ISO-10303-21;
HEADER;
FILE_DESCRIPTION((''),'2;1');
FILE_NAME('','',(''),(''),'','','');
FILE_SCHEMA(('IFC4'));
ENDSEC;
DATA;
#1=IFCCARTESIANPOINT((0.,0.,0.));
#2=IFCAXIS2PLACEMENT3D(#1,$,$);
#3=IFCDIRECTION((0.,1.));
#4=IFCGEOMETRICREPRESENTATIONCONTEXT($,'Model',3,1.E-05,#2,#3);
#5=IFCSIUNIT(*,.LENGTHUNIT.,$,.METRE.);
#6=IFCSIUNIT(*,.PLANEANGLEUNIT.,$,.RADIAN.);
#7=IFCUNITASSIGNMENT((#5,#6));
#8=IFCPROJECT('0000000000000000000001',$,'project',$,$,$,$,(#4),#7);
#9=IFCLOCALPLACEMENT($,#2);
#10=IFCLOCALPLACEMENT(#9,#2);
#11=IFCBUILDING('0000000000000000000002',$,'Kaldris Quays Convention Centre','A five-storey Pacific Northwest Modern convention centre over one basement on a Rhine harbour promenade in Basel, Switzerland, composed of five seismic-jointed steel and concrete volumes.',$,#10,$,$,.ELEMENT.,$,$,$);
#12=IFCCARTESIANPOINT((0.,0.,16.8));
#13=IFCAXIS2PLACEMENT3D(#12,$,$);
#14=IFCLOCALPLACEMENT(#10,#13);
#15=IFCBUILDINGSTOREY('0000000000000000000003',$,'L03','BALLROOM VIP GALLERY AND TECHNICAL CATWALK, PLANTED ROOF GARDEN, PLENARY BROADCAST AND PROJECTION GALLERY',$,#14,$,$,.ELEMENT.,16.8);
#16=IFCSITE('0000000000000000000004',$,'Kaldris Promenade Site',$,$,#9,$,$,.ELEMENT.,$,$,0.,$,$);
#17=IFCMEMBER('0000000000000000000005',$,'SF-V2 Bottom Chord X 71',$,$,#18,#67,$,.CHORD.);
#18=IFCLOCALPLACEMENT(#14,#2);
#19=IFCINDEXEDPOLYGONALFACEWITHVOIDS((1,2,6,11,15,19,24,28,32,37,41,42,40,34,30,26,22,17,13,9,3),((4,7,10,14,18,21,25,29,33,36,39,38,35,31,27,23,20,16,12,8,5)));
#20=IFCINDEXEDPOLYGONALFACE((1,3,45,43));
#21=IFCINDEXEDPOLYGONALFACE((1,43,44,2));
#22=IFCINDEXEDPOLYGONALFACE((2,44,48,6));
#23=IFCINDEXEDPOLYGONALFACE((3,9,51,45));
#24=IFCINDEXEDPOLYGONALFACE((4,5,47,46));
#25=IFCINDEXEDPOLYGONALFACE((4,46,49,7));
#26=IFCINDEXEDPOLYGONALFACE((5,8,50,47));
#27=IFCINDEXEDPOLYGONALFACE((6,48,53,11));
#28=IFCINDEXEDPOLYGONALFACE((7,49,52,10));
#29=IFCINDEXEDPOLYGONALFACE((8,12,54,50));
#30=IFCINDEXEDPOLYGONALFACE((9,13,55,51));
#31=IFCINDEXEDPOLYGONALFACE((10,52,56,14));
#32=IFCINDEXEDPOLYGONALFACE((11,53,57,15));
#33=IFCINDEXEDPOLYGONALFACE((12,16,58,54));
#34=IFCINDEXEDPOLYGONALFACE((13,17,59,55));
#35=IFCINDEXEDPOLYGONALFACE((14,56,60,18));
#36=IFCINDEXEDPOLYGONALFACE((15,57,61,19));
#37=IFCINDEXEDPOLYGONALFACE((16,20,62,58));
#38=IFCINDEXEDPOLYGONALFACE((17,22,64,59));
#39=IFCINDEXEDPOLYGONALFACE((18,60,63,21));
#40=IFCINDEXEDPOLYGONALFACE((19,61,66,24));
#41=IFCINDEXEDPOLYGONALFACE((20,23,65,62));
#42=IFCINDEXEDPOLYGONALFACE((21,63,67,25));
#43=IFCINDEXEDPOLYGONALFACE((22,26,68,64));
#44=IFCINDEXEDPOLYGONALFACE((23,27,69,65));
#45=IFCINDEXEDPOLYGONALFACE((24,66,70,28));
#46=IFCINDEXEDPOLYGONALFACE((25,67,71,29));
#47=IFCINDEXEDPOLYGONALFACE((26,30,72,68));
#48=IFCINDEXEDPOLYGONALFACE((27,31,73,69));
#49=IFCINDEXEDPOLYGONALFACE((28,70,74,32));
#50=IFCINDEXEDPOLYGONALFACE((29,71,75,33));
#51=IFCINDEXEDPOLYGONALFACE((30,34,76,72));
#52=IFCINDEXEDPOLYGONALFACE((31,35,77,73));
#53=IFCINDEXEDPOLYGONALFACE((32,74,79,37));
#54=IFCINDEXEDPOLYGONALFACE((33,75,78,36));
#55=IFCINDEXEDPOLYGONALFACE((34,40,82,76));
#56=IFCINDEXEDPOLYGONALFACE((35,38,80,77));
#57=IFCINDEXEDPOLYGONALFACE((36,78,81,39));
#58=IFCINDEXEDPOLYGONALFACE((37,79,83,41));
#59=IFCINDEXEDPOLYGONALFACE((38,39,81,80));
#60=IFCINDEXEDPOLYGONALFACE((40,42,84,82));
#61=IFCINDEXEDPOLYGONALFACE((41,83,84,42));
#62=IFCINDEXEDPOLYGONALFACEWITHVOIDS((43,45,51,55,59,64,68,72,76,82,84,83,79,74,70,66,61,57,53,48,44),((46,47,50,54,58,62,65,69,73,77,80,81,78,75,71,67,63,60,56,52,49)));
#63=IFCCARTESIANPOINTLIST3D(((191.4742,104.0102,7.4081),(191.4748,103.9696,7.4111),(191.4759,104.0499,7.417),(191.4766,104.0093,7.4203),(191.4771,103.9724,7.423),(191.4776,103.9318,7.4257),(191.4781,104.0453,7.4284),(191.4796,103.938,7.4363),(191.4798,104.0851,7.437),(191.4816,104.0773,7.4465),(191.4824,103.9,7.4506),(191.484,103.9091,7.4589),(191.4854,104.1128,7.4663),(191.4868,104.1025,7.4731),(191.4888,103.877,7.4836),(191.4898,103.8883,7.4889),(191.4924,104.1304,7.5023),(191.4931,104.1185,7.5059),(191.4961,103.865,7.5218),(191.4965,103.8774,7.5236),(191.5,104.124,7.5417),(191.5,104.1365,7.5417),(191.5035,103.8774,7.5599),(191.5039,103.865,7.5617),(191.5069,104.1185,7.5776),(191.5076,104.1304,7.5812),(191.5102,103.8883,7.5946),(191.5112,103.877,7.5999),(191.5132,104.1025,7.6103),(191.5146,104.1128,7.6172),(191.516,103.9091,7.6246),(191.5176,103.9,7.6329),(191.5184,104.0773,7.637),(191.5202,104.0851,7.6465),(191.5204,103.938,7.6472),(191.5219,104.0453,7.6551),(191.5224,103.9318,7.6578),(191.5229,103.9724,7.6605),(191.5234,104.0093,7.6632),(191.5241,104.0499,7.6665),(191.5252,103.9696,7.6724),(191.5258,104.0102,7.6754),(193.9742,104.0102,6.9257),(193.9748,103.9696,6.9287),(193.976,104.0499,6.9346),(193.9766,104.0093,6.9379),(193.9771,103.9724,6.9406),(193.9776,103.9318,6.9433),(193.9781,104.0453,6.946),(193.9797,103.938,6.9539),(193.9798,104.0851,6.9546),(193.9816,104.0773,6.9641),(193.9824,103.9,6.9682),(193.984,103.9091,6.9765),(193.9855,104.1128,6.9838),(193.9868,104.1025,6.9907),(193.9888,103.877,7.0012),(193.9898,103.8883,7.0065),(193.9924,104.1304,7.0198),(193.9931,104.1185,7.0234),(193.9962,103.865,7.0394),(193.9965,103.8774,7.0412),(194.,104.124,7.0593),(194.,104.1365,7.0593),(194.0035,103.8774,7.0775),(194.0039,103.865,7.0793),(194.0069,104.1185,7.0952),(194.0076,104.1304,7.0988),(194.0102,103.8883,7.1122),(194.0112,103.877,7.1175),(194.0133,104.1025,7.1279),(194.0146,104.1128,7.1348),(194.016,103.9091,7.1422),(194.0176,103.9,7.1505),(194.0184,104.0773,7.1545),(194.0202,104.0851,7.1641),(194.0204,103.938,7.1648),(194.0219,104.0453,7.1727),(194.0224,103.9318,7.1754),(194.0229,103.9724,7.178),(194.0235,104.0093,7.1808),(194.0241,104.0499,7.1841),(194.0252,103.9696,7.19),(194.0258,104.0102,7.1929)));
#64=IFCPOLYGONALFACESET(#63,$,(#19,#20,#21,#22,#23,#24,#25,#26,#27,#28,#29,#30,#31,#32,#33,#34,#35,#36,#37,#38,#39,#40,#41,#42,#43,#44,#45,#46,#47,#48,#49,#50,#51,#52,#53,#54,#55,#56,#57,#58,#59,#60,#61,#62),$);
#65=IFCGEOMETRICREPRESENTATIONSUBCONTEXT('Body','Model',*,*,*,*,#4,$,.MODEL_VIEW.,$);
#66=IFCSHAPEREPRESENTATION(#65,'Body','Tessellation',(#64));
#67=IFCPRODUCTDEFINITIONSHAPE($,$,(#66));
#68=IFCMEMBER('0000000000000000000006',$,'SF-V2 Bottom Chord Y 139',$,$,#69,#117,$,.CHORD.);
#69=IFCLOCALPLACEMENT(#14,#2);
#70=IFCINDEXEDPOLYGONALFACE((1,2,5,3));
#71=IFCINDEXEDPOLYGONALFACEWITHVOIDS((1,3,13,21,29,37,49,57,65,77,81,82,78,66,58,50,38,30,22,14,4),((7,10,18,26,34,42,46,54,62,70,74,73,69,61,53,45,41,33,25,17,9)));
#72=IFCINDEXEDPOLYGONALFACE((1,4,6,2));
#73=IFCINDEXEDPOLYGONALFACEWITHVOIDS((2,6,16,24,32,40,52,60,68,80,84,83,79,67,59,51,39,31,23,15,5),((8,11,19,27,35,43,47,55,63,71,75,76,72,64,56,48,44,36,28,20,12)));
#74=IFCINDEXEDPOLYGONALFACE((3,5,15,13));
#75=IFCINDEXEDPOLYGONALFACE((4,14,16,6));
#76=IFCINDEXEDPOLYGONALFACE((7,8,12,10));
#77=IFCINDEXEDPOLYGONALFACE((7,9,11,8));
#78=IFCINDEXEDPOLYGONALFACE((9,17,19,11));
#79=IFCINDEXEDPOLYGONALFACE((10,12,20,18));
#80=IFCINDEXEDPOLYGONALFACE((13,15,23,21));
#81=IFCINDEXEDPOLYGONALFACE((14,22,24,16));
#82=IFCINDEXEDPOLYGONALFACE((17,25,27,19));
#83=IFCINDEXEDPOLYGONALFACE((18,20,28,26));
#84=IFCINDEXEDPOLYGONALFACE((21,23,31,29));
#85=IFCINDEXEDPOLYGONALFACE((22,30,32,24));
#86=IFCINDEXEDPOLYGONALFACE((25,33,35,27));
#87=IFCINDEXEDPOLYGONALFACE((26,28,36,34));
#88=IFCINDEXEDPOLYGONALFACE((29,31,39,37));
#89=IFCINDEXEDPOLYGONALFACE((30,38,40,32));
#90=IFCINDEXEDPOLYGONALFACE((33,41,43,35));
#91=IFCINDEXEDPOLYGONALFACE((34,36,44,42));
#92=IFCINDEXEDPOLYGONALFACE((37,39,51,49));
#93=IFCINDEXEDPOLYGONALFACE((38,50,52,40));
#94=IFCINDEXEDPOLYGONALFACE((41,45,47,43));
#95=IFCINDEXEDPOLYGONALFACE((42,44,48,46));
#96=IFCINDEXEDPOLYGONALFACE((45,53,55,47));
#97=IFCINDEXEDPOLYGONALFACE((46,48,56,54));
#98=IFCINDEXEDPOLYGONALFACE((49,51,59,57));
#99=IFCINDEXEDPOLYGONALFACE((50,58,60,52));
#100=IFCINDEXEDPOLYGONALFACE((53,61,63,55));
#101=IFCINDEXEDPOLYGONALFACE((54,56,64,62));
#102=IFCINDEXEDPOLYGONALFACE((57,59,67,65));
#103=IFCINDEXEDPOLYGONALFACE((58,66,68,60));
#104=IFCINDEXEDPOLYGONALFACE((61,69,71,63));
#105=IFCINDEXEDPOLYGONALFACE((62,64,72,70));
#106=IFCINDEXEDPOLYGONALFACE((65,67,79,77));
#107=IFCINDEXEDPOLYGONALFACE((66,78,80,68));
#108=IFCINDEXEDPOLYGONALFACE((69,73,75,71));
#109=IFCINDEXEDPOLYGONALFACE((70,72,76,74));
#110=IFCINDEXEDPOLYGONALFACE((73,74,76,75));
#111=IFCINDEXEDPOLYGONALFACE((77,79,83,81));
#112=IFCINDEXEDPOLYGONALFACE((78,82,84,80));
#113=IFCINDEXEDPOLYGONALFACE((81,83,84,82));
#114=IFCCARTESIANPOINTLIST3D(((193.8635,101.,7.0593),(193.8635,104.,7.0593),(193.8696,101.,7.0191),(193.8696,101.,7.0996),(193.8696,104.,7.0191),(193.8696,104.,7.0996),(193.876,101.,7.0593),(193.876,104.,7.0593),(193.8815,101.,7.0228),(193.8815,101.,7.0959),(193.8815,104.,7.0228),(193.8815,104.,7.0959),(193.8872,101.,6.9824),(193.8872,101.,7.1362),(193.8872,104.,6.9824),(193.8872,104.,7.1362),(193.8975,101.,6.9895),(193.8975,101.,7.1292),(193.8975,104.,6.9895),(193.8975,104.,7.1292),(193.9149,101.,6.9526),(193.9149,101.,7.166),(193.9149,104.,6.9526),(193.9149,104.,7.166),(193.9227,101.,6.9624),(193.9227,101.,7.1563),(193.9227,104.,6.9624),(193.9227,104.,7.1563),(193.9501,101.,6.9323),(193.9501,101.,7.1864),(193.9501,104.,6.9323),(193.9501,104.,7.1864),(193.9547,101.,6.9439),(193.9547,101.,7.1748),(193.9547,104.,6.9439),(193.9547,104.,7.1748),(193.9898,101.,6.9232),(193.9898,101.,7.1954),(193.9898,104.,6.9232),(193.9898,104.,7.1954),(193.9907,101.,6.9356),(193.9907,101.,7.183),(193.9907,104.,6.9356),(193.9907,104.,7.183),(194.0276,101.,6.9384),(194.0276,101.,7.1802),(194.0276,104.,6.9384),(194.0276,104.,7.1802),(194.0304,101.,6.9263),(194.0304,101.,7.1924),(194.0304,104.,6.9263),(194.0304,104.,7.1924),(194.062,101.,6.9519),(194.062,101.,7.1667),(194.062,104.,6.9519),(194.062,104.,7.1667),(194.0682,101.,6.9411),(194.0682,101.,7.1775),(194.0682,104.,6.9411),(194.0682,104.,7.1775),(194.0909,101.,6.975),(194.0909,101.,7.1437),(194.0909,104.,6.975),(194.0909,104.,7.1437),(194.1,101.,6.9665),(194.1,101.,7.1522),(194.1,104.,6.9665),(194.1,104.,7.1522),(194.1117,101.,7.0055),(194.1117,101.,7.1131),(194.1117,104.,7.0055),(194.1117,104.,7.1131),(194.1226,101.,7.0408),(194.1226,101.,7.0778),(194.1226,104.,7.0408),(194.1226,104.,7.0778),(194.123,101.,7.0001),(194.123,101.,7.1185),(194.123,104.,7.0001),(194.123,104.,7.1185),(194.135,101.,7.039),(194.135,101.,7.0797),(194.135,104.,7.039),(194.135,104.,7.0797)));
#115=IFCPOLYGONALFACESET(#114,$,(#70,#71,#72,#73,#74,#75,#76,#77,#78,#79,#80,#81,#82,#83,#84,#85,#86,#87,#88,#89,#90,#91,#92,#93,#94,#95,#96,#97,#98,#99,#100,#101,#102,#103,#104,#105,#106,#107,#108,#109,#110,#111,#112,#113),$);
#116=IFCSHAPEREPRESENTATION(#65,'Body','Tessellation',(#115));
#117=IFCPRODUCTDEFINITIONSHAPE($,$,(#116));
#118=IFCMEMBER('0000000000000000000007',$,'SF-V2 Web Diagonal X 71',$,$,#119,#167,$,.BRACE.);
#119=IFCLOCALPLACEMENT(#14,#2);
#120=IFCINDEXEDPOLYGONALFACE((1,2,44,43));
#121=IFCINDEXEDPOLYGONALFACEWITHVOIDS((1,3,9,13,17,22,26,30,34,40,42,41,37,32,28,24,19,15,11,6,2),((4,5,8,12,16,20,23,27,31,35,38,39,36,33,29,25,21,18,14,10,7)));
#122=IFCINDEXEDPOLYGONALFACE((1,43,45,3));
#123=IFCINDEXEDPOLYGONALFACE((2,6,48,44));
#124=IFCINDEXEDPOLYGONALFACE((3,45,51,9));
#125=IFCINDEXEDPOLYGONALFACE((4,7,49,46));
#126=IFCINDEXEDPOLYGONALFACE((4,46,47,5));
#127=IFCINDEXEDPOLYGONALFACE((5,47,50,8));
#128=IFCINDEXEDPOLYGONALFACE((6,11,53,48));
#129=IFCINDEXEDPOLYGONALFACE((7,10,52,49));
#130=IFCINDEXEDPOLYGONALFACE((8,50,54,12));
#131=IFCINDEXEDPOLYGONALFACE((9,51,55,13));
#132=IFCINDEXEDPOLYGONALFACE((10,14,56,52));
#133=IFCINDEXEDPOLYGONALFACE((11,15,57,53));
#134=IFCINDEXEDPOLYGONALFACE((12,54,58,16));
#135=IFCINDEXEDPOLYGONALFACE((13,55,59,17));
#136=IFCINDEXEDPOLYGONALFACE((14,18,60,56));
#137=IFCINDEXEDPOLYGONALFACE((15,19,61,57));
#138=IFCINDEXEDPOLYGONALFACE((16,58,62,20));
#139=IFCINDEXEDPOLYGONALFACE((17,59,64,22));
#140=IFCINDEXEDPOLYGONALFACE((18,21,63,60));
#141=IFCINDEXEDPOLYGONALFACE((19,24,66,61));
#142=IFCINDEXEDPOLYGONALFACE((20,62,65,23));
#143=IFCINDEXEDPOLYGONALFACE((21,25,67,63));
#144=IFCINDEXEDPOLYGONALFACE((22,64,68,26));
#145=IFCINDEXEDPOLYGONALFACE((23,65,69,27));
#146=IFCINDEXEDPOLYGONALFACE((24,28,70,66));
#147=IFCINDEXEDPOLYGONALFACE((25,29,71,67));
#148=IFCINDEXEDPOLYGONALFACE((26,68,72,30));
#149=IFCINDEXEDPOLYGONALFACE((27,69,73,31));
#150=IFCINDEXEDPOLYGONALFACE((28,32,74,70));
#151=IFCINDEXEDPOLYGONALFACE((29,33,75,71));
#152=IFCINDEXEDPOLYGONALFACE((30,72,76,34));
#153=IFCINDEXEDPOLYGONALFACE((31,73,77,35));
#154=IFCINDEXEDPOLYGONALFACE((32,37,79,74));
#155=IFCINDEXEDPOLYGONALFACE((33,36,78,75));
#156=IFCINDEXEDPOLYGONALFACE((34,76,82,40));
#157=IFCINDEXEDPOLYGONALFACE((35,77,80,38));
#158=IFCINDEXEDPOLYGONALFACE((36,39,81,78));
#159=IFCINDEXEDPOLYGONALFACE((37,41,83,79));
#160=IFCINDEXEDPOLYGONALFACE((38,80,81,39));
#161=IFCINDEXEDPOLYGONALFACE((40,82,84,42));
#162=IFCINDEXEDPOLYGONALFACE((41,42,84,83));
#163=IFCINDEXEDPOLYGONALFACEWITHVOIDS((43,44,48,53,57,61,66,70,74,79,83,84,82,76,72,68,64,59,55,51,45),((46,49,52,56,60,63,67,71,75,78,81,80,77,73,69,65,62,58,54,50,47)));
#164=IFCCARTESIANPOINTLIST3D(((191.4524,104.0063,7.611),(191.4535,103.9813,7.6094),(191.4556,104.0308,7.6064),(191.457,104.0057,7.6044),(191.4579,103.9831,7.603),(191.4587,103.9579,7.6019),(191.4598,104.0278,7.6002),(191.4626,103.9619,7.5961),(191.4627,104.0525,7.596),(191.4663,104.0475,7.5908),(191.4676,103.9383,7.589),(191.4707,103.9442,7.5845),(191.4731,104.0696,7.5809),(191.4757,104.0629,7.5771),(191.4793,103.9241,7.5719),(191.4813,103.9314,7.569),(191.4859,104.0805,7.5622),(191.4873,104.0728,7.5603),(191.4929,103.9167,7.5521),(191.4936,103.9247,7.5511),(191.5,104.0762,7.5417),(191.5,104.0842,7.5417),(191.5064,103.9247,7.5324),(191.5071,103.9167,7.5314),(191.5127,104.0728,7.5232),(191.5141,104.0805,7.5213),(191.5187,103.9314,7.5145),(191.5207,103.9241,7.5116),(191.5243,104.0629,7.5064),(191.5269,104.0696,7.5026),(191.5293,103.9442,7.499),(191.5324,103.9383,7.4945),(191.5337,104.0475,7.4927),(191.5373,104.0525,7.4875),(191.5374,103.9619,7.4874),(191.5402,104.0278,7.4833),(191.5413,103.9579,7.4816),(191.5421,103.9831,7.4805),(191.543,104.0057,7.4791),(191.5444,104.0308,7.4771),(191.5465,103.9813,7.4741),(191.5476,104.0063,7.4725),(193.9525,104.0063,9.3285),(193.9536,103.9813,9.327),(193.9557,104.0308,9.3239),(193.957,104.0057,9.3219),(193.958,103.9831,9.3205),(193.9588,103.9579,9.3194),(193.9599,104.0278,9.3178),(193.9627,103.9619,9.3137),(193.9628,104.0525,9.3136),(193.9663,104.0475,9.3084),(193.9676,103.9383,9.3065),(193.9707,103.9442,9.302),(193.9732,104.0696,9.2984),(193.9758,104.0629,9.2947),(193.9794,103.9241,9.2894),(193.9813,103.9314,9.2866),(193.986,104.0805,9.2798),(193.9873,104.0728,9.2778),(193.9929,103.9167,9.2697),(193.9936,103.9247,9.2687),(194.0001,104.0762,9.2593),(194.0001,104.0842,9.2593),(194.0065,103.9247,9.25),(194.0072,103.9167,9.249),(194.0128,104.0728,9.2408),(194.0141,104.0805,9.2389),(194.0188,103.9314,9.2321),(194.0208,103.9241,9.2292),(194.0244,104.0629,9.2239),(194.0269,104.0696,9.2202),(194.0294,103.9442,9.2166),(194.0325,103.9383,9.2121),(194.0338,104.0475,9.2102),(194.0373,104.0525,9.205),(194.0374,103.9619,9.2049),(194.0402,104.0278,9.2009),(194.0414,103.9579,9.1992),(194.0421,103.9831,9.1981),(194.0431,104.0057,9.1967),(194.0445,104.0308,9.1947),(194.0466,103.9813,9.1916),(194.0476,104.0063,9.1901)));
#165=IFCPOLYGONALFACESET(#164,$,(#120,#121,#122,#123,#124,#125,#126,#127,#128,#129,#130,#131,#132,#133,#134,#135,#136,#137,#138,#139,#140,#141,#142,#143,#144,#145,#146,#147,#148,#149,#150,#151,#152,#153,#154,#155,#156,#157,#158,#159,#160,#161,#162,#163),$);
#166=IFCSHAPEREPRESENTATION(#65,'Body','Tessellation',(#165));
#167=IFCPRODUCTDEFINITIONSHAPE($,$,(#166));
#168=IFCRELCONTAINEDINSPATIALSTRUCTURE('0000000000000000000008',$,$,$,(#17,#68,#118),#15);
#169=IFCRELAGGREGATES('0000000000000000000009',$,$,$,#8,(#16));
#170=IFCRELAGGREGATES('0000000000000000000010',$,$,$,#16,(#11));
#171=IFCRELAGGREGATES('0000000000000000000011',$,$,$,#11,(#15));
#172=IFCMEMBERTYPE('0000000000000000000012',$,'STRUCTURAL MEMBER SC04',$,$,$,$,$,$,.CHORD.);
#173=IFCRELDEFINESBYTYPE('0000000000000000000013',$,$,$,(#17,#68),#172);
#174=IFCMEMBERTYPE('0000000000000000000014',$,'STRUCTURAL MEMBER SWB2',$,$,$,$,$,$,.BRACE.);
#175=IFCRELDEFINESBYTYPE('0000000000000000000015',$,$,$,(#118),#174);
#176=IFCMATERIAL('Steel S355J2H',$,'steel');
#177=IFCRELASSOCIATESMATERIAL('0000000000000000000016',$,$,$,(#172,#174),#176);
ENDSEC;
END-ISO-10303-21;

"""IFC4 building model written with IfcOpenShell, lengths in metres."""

from ifc_helpers import new_model, si_unit, direction, frame, origin, origin_2d, place, context, subcontext, project, spatial, hollow_circle, extrude, material, material_profile, profile_set, type_object, element, save


model = new_model("IFC4")

# Units and contexts
model_context = context("Model", 3, precision=1e-05, world=origin(), true_north=direction((0.0, 1.0)))
body_context = subcontext(model_context, "Body", "Model", "MODEL_VIEW")
ifc_project = project(units=[si_unit("LENGTHUNIT", "METRE"), si_unit("PLANEANGLEUNIT", "RADIAN")], contexts=[model_context])

# Site, building, storey
site_placement = place(None, origin())
site = spatial("IfcSite", under=ifc_project, at=site_placement, Name="Kaldris Promenade Site", CompositionType="ELEMENT", RefElevation=0.0)
building_placement = place(site_placement, origin())
building = spatial("IfcBuilding", under=site, at=building_placement, Name="Kaldris Quays Convention Centre", Description="A five-storey Pacific Northwest Modern convention centre over one basement on a Rhine harbour promenade in Basel, Switzerland, composed of five seismic-jointed steel and concrete volumes.", CompositionType="ELEMENT")
storey_placement = place(building_placement, frame((0.0, 0.0, 16.8)))
storey = spatial("IfcBuildingStorey", under=building, at=storey_placement, Name="L03", Description="BALLROOM VIP GALLERY AND TECHNICAL CATWALK, PLANTED ROOF GARDEN, PLENARY BROADCAST AND PROJECTION GALLERY", CompositionType="ELEMENT", Elevation=16.8)

# Members
ifc_material_1 = material(Name="Steel S355J2H", Category="steel")
ifc_material_profile_1 = material_profile(ifc_material_1, hollow_circle(Radius=0.1365, WallThickness=0.0125, at=origin_2d()), Name="CHS 273x12.5")
ifc_profile_set_1 = profile_set([ifc_material_profile_1], Name="Steel S355J2H")
member_type_1 = type_object("IfcMemberType", Name="STRUCTURAL MEMBER SC04", PredefinedType="CHORD", material=ifc_profile_set_1)
member_1_placement = place(storey_placement, frame((191.5, 104.0, 7.5417), z_axis=(0.981886, 0.0, -0.189473), x_axis=(0.0, 1.0, 0.0)))
element("IfcMember", 1, at=member_1_placement, inside=storey, type_object=member_type_1, Name="SF-V2 Bottom Chord X 71", PredefinedType="CHORD", context=body_context, shape_type="SweptSolid", body=[
    extrude(hollow_circle(Radius=0.1365, WallThickness=0.0125, at=origin_2d()), origin(), (0.0, 0.0, 1.0), 2.5461),
])
member_2_placement = place(storey_placement, frame((194.0, 101.0, 7.0593), z_axis=(0.0, 1.0, 0.0), x_axis=(-1.0, 0.0, 0.0)))
element("IfcMember", 2, at=member_2_placement, inside=storey, type_object=member_type_1, Name="SF-V2 Bottom Chord Y 139", PredefinedType="CHORD", context=body_context, shape_type="SweptSolid", body=[
    extrude(hollow_circle(Radius=0.1365, WallThickness=0.0125, at=origin_2d()), origin(), (0.0, 0.0, 1.0), 3.0),
])
ifc_material_profile_2 = material_profile(ifc_material_1, hollow_circle(Radius=0.0842, WallThickness=0.0081, at=origin_2d()), Name="CHS 168.3x8")
ifc_profile_set_2 = profile_set([ifc_material_profile_2], Name="Steel S355J2H")
member_type_2 = type_object("IfcMemberType", Name="STRUCTURAL MEMBER SWB2", PredefinedType="BRACE", material=ifc_profile_set_2)
member_3_placement = place(storey_placement, frame((191.5, 104.0, 7.5417), z_axis=(0.82423, 0.0, 0.566256), x_axis=(0.0, 1.0, 0.0)))
element("IfcMember", 3, at=member_3_placement, inside=storey, type_object=member_type_2, Name="SF-V2 Web Diagonal X 71", PredefinedType="BRACE", context=body_context, shape_type="SweptSolid", body=[
    extrude(hollow_circle(Radius=0.0842, WallThickness=0.0081, at=origin_2d()), origin(), (0.0, 0.0, 1.0), 3.0332),
])

save(model, "model.ifc")
